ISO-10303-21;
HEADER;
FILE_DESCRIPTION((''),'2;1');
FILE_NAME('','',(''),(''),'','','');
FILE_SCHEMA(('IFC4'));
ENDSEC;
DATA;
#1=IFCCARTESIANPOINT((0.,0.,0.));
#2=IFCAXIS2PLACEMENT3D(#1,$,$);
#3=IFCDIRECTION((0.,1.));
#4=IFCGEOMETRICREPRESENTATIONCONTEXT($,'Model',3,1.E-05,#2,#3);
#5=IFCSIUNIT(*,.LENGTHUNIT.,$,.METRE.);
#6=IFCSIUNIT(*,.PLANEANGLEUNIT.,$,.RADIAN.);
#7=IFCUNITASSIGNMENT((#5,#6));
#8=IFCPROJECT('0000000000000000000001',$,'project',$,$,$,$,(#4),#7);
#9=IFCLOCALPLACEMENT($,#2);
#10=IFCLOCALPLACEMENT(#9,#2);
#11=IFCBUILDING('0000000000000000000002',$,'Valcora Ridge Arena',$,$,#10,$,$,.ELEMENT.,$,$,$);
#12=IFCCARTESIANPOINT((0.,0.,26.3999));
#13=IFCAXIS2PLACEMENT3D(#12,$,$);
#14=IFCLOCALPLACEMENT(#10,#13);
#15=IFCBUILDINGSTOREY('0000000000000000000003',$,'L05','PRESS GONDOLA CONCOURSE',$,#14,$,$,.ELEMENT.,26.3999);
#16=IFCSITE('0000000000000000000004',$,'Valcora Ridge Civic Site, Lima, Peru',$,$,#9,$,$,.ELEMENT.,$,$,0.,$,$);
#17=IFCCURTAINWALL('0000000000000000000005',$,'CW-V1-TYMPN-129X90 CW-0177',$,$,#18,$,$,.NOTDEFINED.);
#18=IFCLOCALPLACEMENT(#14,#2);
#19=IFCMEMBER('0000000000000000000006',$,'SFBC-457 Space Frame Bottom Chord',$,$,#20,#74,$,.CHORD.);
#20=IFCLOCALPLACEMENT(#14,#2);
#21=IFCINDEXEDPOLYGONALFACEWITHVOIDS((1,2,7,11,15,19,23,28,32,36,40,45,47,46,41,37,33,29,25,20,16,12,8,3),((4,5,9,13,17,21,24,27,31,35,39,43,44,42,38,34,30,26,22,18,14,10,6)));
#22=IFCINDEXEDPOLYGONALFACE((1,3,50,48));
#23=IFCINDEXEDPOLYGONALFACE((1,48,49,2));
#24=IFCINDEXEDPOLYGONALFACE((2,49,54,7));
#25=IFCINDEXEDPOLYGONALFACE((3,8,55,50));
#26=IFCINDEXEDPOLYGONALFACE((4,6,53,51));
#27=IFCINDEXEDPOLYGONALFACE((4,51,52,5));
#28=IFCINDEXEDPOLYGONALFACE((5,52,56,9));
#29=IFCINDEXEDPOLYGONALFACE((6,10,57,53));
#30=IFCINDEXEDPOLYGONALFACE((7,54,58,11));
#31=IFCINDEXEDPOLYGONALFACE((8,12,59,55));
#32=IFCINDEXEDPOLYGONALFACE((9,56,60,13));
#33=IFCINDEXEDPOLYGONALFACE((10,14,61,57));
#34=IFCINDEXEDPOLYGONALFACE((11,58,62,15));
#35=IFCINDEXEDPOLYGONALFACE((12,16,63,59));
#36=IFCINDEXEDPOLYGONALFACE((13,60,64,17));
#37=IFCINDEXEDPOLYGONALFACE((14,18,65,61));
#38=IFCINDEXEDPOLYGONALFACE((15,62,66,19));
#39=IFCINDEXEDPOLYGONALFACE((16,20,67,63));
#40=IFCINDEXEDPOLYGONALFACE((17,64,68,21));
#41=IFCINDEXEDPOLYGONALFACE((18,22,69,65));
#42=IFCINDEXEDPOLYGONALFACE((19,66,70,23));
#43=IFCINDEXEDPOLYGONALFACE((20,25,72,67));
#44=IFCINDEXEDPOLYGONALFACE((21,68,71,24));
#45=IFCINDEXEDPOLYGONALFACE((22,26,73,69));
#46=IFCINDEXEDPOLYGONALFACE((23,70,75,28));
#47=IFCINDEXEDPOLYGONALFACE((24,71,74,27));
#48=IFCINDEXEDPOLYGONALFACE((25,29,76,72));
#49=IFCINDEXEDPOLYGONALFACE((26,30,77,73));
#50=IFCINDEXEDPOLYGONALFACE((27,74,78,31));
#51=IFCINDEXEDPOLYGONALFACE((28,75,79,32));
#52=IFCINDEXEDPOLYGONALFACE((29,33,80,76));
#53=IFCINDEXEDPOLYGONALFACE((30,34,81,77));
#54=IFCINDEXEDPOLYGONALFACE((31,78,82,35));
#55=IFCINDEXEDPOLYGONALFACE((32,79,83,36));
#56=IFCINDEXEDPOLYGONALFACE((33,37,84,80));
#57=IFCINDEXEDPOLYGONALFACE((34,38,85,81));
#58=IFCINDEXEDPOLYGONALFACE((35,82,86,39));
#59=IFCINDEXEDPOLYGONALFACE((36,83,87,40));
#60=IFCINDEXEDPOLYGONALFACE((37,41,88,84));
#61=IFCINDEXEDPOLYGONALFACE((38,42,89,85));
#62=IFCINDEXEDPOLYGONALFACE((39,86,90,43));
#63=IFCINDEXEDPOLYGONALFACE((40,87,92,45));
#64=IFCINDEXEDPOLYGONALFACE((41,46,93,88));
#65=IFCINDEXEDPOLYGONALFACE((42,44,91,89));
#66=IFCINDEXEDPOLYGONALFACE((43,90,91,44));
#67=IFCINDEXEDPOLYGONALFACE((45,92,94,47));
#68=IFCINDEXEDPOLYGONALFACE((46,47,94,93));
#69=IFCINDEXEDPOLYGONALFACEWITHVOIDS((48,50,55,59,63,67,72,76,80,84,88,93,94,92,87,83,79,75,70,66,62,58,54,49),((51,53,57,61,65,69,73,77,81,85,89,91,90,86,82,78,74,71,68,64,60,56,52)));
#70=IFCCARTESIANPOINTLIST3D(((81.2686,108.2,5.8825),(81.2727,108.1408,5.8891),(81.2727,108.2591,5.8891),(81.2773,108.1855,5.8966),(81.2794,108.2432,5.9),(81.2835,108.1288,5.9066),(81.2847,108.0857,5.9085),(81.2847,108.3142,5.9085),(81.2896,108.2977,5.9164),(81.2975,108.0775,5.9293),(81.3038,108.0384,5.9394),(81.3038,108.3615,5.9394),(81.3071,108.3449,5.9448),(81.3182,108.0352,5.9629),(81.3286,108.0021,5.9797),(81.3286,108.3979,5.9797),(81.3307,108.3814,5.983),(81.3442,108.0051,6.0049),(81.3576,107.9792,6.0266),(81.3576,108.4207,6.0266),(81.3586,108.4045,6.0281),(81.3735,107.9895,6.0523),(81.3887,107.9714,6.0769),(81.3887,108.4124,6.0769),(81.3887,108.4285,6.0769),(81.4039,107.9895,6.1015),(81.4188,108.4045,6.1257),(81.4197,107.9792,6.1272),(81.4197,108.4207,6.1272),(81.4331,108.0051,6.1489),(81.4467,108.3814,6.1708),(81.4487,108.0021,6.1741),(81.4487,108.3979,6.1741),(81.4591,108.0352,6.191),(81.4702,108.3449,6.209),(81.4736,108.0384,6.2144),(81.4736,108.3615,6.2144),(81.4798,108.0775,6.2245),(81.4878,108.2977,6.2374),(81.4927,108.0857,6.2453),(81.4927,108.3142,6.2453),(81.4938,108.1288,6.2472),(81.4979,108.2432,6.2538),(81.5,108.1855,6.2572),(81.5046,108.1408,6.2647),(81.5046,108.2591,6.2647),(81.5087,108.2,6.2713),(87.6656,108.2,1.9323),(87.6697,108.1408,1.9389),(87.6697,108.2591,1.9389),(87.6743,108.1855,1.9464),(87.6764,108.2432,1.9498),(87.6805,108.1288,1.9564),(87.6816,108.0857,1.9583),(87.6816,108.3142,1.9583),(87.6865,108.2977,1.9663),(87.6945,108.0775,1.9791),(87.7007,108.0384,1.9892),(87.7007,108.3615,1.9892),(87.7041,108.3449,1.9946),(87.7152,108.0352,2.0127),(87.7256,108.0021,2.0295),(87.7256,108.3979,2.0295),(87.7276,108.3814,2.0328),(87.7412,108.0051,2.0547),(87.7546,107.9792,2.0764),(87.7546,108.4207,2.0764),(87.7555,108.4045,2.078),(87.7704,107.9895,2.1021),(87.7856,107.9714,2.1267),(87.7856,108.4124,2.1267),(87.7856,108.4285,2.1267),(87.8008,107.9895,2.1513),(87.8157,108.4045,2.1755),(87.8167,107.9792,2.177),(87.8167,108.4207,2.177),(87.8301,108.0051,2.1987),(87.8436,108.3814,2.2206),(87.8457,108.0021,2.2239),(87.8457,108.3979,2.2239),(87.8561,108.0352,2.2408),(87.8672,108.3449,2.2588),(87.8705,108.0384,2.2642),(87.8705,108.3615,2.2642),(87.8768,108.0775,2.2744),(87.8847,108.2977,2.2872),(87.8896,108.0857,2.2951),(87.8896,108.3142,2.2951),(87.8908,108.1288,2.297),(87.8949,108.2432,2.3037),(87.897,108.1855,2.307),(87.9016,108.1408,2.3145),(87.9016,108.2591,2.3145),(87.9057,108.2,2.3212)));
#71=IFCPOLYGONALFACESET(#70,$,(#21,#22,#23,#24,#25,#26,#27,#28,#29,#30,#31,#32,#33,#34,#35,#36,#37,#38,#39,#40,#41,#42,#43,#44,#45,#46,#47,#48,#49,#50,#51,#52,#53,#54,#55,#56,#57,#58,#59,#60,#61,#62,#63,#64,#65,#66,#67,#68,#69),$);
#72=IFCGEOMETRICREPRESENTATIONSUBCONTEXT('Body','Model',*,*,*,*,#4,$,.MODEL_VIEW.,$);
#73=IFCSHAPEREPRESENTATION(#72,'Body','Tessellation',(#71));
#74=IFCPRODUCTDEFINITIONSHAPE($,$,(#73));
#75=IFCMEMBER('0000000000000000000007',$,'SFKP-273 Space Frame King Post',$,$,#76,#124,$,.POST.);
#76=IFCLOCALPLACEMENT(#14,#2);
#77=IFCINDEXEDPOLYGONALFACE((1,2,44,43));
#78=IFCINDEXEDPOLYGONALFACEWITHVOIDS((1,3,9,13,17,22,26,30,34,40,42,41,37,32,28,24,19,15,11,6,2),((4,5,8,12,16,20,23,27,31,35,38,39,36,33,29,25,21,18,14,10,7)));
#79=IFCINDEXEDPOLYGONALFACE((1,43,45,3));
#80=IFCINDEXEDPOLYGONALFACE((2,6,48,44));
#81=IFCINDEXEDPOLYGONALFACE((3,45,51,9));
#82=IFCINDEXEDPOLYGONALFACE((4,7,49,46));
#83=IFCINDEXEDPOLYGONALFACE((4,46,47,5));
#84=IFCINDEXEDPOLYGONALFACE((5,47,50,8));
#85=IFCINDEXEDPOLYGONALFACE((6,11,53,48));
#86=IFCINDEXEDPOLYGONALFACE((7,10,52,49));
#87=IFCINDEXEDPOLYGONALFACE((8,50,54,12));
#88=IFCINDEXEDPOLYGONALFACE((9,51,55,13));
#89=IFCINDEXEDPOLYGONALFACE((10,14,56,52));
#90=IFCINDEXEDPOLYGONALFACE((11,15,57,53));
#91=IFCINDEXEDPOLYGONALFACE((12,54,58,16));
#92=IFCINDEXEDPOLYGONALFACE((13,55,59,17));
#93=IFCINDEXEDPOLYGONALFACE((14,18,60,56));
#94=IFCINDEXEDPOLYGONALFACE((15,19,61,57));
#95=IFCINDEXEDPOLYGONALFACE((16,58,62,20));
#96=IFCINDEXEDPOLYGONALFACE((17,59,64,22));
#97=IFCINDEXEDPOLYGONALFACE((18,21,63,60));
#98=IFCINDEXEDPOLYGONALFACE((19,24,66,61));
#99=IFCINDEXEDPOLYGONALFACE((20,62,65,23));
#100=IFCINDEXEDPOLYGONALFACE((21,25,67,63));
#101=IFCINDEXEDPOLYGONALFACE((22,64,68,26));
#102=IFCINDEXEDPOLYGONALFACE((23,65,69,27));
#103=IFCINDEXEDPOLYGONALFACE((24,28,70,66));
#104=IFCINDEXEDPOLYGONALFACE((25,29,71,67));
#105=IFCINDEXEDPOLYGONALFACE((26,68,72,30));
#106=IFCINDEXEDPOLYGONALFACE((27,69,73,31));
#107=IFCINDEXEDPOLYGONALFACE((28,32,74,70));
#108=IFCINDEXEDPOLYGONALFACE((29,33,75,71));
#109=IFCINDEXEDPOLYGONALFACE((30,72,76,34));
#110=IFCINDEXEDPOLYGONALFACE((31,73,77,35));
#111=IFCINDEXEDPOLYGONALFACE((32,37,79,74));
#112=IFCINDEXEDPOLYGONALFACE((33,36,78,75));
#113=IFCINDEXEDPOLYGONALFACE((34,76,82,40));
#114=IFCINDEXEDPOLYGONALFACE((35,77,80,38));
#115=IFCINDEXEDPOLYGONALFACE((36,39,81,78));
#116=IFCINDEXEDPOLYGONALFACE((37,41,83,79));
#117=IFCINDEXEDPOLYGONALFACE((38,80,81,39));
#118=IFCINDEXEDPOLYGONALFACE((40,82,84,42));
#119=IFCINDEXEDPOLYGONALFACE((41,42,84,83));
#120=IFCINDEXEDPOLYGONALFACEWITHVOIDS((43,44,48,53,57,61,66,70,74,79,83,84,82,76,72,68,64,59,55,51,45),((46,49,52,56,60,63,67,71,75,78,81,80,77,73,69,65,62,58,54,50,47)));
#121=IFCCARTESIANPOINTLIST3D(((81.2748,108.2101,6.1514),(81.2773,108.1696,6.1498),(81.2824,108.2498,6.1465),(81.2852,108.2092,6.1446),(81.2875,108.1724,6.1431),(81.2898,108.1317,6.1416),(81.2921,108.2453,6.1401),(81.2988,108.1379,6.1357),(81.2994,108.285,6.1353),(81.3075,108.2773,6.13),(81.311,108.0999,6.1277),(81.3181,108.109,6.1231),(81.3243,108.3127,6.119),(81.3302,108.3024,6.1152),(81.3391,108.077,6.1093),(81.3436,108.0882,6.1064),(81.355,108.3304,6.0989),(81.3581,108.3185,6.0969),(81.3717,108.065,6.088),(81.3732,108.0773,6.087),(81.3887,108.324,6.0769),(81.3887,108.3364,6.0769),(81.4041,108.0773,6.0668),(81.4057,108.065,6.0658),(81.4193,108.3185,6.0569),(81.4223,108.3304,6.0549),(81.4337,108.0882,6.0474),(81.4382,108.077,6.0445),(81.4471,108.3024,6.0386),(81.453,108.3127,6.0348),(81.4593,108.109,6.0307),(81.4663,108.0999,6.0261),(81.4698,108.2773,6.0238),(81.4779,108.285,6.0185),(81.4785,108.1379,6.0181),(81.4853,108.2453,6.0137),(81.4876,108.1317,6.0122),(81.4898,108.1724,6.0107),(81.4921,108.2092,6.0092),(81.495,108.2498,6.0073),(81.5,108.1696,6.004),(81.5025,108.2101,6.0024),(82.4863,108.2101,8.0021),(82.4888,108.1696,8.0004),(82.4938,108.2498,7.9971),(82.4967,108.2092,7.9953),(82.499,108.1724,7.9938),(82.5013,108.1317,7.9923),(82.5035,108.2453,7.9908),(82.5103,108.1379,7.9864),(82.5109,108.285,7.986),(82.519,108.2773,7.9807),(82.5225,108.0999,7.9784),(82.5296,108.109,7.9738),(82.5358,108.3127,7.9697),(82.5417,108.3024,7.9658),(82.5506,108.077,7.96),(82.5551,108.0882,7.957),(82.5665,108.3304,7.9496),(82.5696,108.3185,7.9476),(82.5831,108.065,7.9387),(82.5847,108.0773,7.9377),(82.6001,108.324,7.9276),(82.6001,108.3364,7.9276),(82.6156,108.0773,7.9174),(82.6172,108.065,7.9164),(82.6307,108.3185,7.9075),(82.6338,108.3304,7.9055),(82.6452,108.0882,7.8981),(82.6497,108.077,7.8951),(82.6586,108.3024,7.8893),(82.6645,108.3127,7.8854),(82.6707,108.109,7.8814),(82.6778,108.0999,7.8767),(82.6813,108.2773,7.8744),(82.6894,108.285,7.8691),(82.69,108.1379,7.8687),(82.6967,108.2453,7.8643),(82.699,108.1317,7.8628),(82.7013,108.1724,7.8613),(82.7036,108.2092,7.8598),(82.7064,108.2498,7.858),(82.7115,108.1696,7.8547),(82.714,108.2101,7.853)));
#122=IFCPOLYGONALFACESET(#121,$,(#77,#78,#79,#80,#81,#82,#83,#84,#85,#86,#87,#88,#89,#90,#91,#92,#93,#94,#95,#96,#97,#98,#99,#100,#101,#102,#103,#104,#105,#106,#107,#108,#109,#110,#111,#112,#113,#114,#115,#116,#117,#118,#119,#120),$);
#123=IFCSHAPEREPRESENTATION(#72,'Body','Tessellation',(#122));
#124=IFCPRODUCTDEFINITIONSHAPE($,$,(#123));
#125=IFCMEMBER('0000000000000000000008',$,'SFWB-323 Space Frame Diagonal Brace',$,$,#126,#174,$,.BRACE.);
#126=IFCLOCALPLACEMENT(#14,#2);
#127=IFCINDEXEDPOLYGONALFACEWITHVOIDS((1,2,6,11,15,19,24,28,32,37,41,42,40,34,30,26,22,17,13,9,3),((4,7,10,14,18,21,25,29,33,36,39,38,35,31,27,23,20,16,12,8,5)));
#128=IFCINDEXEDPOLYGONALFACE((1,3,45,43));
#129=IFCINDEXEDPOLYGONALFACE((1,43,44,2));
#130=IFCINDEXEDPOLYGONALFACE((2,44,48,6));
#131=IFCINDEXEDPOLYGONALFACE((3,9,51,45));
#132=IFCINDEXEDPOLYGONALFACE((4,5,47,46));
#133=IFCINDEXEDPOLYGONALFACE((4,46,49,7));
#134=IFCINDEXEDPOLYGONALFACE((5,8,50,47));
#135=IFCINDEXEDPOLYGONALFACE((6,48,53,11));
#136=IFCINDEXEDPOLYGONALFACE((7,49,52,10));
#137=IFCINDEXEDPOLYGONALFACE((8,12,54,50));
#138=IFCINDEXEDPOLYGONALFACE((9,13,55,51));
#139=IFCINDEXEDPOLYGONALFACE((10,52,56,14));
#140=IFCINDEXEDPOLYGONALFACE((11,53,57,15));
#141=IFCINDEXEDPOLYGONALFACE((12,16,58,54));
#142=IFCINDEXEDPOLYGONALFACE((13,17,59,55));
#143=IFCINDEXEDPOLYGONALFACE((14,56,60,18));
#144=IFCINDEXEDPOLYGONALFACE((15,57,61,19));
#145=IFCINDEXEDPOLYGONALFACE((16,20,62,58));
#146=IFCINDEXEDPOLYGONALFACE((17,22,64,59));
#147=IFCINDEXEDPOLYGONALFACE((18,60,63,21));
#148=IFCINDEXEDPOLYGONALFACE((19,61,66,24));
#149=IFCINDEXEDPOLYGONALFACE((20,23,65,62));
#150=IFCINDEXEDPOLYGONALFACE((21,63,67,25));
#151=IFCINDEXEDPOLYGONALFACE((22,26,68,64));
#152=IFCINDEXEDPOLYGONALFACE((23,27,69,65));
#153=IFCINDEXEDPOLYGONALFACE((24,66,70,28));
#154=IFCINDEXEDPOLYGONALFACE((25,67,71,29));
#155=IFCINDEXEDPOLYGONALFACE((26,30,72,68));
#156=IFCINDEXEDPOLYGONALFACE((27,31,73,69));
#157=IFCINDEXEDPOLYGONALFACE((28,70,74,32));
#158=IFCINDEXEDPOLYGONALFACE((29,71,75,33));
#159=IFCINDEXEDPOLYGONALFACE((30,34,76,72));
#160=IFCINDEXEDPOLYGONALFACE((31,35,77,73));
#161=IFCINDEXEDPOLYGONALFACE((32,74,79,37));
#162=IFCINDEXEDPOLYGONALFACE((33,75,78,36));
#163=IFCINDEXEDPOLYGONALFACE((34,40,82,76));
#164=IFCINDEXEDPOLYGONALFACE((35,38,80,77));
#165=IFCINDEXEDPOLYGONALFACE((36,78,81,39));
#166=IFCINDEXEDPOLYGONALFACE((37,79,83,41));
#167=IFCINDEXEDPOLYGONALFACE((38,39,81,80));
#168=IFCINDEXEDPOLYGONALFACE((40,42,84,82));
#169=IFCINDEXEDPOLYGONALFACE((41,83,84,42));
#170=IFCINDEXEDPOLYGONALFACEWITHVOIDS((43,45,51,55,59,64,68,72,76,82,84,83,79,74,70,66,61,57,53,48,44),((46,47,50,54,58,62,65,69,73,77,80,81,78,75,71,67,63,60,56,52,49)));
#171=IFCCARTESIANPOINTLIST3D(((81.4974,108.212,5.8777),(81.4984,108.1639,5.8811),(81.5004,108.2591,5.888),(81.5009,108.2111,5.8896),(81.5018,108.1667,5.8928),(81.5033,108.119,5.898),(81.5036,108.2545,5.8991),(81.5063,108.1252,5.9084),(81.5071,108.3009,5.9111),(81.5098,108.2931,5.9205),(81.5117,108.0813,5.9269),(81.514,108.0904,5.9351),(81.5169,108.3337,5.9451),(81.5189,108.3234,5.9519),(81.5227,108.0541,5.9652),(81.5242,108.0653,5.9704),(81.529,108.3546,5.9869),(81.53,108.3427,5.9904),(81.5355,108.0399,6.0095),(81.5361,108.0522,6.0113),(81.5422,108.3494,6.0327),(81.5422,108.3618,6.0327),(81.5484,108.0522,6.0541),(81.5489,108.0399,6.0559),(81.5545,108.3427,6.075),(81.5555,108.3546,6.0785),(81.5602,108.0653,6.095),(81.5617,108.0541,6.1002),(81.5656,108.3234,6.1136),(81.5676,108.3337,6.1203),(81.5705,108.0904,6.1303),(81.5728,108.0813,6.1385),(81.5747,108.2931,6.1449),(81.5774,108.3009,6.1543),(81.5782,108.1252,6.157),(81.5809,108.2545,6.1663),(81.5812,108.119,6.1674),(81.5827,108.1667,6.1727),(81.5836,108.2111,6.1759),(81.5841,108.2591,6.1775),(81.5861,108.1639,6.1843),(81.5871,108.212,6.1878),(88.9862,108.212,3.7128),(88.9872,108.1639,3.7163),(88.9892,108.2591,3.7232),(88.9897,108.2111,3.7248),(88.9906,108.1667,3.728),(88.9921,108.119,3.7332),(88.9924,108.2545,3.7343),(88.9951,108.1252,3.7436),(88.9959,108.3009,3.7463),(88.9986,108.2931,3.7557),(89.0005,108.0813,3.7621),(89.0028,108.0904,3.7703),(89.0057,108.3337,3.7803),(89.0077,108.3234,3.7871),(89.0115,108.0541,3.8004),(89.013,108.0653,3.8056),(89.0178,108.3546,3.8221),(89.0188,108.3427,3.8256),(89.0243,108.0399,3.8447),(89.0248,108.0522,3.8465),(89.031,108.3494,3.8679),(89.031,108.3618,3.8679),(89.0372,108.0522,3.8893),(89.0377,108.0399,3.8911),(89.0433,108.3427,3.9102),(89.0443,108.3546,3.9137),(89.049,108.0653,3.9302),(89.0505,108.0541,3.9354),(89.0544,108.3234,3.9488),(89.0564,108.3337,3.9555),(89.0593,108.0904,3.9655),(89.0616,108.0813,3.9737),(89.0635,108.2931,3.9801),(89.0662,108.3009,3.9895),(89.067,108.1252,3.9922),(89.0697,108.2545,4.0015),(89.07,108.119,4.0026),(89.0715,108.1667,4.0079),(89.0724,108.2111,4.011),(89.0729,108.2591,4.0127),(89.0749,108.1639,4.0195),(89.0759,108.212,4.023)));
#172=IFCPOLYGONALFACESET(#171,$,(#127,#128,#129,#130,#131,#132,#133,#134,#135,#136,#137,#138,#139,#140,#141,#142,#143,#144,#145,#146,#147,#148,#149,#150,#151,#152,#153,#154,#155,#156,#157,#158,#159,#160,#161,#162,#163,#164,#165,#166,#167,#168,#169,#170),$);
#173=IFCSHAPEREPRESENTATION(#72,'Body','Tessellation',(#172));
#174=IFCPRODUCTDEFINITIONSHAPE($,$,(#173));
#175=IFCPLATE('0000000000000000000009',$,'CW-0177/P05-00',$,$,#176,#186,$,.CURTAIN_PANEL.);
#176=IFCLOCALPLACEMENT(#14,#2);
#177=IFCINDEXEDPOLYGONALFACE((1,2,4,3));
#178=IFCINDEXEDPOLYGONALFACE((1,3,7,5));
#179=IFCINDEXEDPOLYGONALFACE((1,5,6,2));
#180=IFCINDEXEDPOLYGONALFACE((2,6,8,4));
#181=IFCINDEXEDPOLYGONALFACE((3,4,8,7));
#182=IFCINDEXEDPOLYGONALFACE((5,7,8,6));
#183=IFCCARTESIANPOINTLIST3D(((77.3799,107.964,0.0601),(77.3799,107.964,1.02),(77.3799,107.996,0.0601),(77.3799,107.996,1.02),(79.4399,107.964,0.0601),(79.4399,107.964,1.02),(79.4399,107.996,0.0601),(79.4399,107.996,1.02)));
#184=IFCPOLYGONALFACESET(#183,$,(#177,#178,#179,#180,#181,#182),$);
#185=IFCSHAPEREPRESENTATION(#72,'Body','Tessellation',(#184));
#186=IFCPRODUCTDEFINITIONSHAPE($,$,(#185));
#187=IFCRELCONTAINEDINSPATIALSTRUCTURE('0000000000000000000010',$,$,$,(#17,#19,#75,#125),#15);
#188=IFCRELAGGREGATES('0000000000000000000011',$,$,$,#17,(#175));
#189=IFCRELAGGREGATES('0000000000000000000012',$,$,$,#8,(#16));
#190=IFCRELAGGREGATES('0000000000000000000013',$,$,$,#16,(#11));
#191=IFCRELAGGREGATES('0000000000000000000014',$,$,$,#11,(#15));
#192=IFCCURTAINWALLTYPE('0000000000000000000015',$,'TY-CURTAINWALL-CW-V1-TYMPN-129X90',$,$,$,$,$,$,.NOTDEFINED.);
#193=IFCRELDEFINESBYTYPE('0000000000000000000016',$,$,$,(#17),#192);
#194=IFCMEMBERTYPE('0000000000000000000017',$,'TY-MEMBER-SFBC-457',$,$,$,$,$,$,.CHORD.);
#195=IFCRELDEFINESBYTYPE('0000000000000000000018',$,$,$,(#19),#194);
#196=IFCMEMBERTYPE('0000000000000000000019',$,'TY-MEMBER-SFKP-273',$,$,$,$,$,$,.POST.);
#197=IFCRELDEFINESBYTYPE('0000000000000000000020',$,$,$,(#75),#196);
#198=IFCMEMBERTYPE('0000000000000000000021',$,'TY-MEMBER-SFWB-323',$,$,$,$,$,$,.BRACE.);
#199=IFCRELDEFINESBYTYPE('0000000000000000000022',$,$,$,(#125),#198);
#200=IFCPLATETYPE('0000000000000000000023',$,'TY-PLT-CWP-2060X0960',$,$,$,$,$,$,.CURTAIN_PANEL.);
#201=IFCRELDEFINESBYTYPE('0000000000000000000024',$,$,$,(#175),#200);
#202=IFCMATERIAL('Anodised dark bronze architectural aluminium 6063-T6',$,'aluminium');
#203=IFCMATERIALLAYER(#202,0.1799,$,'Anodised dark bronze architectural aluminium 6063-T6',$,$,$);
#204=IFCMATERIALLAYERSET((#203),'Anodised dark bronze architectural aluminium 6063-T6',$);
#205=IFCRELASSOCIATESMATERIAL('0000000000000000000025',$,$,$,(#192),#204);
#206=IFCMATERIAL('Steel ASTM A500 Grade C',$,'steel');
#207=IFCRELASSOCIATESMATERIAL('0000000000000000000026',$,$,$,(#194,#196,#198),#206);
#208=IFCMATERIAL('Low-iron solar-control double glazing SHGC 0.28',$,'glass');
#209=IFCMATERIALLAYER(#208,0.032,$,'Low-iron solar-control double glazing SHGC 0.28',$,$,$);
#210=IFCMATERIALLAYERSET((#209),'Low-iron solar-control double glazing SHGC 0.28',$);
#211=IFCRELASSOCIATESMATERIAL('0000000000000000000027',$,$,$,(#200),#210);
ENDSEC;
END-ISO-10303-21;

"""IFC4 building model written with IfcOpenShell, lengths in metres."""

from ifc_helpers import new_model, si_unit, direction, frame, origin, origin_2d, place, context, subcontext, project, spatial, rectangle, hollow_circle, extrude, material, layer, layer_set, material_profile, profile_set, type_object, element, aggregate, save


model = new_model("IFC4")

# Units and contexts
model_context = context("Model", 3, precision=1e-05, world=origin(), true_north=direction((0.0, 1.0)))
body_context = subcontext(model_context, "Body", "Model", "MODEL_VIEW")
ifc_project = project(units=[si_unit("LENGTHUNIT", "METRE"), si_unit("PLANEANGLEUNIT", "RADIAN")], contexts=[model_context])

# Site, building, storey
site_placement = place(None, origin())
site = spatial("IfcSite", under=ifc_project, at=site_placement, Name="Valcora Ridge Civic Site, Lima, Peru", CompositionType="ELEMENT", RefElevation=0.0)
building_placement = place(site_placement, origin())
building = spatial("IfcBuilding", under=site, at=building_placement, Name="Valcora Ridge Arena", CompositionType="ELEMENT")
storey_placement = place(building_placement, frame((0.0, 0.0, 26.3999)))
storey = spatial("IfcBuildingStorey", under=building, at=storey_placement, Name="L05", Description="PRESS GONDOLA CONCOURSE", CompositionType="ELEMENT", Elevation=26.3999)

# Curtain wall
ifc_material_1 = material(Name="Anodised dark bronze architectural aluminium 6063-T6", Category="aluminium")
ifc_layer_1 = layer(ifc_material_1, 0.1799, Name="Anodised dark bronze architectural aluminium 6063-T6")
ifc_layer_set_1 = layer_set([ifc_layer_1], Name="Anodised dark bronze architectural aluminium 6063-T6")
curtain_wall_type_1 = type_object("IfcCurtainWallType", Name="TY-CURTAINWALL-CW-V1-TYMPN-129X90", PredefinedType="NOTDEFINED", material=ifc_layer_set_1)
curtain_wall_1_placement = place(storey_placement, origin())
curtain_wall_1 = element("IfcCurtainWall", 1, at=curtain_wall_1_placement, inside=storey, type_object=curtain_wall_type_1, Name="CW-V1-TYMPN-129X90 CW-0177", PredefinedType="NOTDEFINED")

# Members
ifc_material_2 = material(Name="Steel ASTM A500 Grade C", Category="steel")
ifc_material_profile_1 = material_profile(ifc_material_2, hollow_circle(Radius=0.2285, WallThickness=0.0161, at=origin_2d()), Name="CHS457X16")
ifc_profile_set_1 = profile_set([ifc_material_profile_1], Name="Steel ASTM A500 Grade C")
member_type_1 = type_object("IfcMemberType", Name="TY-MEMBER-SFBC-457", PredefinedType="CHORD", material=ifc_profile_set_1)
member_1_placement = place(storey_placement, frame((81.3887, 108.2, 6.0769), z_axis=(0.85085, 0.0, -0.525409), x_axis=(0.0, 1.0, 0.0)))
element("IfcMember", 2, at=member_1_placement, inside=storey, type_object=member_type_1, Name="SFBC-457 Space Frame Bottom Chord", PredefinedType="CHORD", context=body_context, shape_type="SweptSolid", body=[
    extrude(hollow_circle(Radius=0.2285, WallThickness=0.0161, at=origin_2d()), origin(), (0.0, 0.0, 1.0), 7.5183),
])
ifc_material_profile_2 = material_profile(ifc_material_2, hollow_circle(Radius=0.1365, WallThickness=0.0125, at=origin_2d()), Name="CHS273X12")
ifc_profile_set_2 = profile_set([ifc_material_profile_2], Name="Steel ASTM A500 Grade C")
member_type_2 = type_object("IfcMemberType", Name="TY-MEMBER-SFKP-273", PredefinedType="POST", material=ifc_profile_set_2)
member_2_placement = place(storey_placement, frame((81.3887, 108.2, 6.0769), z_axis=(0.547701, 0.0, 0.836674), x_axis=(0.0, 1.0, 0.0)))
element("IfcMember", 3, at=member_2_placement, inside=storey, type_object=member_type_2, Name="SFKP-273 Space Frame King Post", PredefinedType="POST", context=body_context, shape_type="SweptSolid", body=[
    extrude(hollow_circle(Radius=0.1365, WallThickness=0.0125, at=origin_2d()), origin(), (0.0, 0.0, 1.0), 2.2119),
])
ifc_material_profile_3 = material_profile(ifc_material_2, hollow_circle(Radius=0.1619, WallThickness=0.0125, at=origin_2d()), Name="CHS323X12")
ifc_profile_set_3 = profile_set([ifc_material_profile_3], Name="Steel ASTM A500 Grade C")
member_type_3 = type_object("IfcMemberType", Name="TY-MEMBER-SFWB-323", PredefinedType="BRACE", material=ifc_profile_set_3)
member_3_placement = place(storey_placement, frame((81.5422, 108.2, 6.0327), z_axis=(0.960667, 0.0, -0.277702), x_axis=(0.0, 1.0, 0.0)))
element("IfcMember", 4, at=member_3_placement, inside=storey, type_object=member_type_3, Name="SFWB-323 Space Frame Diagonal Brace", PredefinedType="BRACE", context=body_context, shape_type="SweptSolid", body=[
    extrude(hollow_circle(Radius=0.1619, WallThickness=0.0125, at=origin_2d()), origin(), (0.0, 0.0, 1.0), 7.7954),
])

# Plate
ifc_material_3 = material(Name="Low-iron solar-control double glazing SHGC 0.28", Category="glass")
ifc_layer_2 = layer(ifc_material_3, 0.032, Name="Low-iron solar-control double glazing SHGC 0.28")
ifc_layer_set_2 = layer_set([ifc_layer_2], Name="Low-iron solar-control double glazing SHGC 0.28")
plate_type_1 = type_object("IfcPlateType", Name="TY-PLT-CWP-2060X0960", PredefinedType="CURTAIN_PANEL", material=ifc_layer_set_2)
plate_1_placement = place(storey_placement, frame((78.4099, 107.98, 0.0601), z_axis=(0.0, 0.0, 1.0), x_axis=(1.0, 0.0, 0.0)))
plate_1 = element("IfcPlate", 5, at=plate_1_placement, type_object=plate_type_1, Name="CW-0177/P05-00", PredefinedType="CURTAIN_PANEL", context=body_context, shape_type="SweptSolid", body=[
    extrude(rectangle(XDim=2.0601, YDim=0.032, at=origin_2d()), origin(), (0.0, 0.0, 1.0), 0.96),
])
aggregate(curtain_wall_1, [plate_1])

save(model, "model.ifc")
